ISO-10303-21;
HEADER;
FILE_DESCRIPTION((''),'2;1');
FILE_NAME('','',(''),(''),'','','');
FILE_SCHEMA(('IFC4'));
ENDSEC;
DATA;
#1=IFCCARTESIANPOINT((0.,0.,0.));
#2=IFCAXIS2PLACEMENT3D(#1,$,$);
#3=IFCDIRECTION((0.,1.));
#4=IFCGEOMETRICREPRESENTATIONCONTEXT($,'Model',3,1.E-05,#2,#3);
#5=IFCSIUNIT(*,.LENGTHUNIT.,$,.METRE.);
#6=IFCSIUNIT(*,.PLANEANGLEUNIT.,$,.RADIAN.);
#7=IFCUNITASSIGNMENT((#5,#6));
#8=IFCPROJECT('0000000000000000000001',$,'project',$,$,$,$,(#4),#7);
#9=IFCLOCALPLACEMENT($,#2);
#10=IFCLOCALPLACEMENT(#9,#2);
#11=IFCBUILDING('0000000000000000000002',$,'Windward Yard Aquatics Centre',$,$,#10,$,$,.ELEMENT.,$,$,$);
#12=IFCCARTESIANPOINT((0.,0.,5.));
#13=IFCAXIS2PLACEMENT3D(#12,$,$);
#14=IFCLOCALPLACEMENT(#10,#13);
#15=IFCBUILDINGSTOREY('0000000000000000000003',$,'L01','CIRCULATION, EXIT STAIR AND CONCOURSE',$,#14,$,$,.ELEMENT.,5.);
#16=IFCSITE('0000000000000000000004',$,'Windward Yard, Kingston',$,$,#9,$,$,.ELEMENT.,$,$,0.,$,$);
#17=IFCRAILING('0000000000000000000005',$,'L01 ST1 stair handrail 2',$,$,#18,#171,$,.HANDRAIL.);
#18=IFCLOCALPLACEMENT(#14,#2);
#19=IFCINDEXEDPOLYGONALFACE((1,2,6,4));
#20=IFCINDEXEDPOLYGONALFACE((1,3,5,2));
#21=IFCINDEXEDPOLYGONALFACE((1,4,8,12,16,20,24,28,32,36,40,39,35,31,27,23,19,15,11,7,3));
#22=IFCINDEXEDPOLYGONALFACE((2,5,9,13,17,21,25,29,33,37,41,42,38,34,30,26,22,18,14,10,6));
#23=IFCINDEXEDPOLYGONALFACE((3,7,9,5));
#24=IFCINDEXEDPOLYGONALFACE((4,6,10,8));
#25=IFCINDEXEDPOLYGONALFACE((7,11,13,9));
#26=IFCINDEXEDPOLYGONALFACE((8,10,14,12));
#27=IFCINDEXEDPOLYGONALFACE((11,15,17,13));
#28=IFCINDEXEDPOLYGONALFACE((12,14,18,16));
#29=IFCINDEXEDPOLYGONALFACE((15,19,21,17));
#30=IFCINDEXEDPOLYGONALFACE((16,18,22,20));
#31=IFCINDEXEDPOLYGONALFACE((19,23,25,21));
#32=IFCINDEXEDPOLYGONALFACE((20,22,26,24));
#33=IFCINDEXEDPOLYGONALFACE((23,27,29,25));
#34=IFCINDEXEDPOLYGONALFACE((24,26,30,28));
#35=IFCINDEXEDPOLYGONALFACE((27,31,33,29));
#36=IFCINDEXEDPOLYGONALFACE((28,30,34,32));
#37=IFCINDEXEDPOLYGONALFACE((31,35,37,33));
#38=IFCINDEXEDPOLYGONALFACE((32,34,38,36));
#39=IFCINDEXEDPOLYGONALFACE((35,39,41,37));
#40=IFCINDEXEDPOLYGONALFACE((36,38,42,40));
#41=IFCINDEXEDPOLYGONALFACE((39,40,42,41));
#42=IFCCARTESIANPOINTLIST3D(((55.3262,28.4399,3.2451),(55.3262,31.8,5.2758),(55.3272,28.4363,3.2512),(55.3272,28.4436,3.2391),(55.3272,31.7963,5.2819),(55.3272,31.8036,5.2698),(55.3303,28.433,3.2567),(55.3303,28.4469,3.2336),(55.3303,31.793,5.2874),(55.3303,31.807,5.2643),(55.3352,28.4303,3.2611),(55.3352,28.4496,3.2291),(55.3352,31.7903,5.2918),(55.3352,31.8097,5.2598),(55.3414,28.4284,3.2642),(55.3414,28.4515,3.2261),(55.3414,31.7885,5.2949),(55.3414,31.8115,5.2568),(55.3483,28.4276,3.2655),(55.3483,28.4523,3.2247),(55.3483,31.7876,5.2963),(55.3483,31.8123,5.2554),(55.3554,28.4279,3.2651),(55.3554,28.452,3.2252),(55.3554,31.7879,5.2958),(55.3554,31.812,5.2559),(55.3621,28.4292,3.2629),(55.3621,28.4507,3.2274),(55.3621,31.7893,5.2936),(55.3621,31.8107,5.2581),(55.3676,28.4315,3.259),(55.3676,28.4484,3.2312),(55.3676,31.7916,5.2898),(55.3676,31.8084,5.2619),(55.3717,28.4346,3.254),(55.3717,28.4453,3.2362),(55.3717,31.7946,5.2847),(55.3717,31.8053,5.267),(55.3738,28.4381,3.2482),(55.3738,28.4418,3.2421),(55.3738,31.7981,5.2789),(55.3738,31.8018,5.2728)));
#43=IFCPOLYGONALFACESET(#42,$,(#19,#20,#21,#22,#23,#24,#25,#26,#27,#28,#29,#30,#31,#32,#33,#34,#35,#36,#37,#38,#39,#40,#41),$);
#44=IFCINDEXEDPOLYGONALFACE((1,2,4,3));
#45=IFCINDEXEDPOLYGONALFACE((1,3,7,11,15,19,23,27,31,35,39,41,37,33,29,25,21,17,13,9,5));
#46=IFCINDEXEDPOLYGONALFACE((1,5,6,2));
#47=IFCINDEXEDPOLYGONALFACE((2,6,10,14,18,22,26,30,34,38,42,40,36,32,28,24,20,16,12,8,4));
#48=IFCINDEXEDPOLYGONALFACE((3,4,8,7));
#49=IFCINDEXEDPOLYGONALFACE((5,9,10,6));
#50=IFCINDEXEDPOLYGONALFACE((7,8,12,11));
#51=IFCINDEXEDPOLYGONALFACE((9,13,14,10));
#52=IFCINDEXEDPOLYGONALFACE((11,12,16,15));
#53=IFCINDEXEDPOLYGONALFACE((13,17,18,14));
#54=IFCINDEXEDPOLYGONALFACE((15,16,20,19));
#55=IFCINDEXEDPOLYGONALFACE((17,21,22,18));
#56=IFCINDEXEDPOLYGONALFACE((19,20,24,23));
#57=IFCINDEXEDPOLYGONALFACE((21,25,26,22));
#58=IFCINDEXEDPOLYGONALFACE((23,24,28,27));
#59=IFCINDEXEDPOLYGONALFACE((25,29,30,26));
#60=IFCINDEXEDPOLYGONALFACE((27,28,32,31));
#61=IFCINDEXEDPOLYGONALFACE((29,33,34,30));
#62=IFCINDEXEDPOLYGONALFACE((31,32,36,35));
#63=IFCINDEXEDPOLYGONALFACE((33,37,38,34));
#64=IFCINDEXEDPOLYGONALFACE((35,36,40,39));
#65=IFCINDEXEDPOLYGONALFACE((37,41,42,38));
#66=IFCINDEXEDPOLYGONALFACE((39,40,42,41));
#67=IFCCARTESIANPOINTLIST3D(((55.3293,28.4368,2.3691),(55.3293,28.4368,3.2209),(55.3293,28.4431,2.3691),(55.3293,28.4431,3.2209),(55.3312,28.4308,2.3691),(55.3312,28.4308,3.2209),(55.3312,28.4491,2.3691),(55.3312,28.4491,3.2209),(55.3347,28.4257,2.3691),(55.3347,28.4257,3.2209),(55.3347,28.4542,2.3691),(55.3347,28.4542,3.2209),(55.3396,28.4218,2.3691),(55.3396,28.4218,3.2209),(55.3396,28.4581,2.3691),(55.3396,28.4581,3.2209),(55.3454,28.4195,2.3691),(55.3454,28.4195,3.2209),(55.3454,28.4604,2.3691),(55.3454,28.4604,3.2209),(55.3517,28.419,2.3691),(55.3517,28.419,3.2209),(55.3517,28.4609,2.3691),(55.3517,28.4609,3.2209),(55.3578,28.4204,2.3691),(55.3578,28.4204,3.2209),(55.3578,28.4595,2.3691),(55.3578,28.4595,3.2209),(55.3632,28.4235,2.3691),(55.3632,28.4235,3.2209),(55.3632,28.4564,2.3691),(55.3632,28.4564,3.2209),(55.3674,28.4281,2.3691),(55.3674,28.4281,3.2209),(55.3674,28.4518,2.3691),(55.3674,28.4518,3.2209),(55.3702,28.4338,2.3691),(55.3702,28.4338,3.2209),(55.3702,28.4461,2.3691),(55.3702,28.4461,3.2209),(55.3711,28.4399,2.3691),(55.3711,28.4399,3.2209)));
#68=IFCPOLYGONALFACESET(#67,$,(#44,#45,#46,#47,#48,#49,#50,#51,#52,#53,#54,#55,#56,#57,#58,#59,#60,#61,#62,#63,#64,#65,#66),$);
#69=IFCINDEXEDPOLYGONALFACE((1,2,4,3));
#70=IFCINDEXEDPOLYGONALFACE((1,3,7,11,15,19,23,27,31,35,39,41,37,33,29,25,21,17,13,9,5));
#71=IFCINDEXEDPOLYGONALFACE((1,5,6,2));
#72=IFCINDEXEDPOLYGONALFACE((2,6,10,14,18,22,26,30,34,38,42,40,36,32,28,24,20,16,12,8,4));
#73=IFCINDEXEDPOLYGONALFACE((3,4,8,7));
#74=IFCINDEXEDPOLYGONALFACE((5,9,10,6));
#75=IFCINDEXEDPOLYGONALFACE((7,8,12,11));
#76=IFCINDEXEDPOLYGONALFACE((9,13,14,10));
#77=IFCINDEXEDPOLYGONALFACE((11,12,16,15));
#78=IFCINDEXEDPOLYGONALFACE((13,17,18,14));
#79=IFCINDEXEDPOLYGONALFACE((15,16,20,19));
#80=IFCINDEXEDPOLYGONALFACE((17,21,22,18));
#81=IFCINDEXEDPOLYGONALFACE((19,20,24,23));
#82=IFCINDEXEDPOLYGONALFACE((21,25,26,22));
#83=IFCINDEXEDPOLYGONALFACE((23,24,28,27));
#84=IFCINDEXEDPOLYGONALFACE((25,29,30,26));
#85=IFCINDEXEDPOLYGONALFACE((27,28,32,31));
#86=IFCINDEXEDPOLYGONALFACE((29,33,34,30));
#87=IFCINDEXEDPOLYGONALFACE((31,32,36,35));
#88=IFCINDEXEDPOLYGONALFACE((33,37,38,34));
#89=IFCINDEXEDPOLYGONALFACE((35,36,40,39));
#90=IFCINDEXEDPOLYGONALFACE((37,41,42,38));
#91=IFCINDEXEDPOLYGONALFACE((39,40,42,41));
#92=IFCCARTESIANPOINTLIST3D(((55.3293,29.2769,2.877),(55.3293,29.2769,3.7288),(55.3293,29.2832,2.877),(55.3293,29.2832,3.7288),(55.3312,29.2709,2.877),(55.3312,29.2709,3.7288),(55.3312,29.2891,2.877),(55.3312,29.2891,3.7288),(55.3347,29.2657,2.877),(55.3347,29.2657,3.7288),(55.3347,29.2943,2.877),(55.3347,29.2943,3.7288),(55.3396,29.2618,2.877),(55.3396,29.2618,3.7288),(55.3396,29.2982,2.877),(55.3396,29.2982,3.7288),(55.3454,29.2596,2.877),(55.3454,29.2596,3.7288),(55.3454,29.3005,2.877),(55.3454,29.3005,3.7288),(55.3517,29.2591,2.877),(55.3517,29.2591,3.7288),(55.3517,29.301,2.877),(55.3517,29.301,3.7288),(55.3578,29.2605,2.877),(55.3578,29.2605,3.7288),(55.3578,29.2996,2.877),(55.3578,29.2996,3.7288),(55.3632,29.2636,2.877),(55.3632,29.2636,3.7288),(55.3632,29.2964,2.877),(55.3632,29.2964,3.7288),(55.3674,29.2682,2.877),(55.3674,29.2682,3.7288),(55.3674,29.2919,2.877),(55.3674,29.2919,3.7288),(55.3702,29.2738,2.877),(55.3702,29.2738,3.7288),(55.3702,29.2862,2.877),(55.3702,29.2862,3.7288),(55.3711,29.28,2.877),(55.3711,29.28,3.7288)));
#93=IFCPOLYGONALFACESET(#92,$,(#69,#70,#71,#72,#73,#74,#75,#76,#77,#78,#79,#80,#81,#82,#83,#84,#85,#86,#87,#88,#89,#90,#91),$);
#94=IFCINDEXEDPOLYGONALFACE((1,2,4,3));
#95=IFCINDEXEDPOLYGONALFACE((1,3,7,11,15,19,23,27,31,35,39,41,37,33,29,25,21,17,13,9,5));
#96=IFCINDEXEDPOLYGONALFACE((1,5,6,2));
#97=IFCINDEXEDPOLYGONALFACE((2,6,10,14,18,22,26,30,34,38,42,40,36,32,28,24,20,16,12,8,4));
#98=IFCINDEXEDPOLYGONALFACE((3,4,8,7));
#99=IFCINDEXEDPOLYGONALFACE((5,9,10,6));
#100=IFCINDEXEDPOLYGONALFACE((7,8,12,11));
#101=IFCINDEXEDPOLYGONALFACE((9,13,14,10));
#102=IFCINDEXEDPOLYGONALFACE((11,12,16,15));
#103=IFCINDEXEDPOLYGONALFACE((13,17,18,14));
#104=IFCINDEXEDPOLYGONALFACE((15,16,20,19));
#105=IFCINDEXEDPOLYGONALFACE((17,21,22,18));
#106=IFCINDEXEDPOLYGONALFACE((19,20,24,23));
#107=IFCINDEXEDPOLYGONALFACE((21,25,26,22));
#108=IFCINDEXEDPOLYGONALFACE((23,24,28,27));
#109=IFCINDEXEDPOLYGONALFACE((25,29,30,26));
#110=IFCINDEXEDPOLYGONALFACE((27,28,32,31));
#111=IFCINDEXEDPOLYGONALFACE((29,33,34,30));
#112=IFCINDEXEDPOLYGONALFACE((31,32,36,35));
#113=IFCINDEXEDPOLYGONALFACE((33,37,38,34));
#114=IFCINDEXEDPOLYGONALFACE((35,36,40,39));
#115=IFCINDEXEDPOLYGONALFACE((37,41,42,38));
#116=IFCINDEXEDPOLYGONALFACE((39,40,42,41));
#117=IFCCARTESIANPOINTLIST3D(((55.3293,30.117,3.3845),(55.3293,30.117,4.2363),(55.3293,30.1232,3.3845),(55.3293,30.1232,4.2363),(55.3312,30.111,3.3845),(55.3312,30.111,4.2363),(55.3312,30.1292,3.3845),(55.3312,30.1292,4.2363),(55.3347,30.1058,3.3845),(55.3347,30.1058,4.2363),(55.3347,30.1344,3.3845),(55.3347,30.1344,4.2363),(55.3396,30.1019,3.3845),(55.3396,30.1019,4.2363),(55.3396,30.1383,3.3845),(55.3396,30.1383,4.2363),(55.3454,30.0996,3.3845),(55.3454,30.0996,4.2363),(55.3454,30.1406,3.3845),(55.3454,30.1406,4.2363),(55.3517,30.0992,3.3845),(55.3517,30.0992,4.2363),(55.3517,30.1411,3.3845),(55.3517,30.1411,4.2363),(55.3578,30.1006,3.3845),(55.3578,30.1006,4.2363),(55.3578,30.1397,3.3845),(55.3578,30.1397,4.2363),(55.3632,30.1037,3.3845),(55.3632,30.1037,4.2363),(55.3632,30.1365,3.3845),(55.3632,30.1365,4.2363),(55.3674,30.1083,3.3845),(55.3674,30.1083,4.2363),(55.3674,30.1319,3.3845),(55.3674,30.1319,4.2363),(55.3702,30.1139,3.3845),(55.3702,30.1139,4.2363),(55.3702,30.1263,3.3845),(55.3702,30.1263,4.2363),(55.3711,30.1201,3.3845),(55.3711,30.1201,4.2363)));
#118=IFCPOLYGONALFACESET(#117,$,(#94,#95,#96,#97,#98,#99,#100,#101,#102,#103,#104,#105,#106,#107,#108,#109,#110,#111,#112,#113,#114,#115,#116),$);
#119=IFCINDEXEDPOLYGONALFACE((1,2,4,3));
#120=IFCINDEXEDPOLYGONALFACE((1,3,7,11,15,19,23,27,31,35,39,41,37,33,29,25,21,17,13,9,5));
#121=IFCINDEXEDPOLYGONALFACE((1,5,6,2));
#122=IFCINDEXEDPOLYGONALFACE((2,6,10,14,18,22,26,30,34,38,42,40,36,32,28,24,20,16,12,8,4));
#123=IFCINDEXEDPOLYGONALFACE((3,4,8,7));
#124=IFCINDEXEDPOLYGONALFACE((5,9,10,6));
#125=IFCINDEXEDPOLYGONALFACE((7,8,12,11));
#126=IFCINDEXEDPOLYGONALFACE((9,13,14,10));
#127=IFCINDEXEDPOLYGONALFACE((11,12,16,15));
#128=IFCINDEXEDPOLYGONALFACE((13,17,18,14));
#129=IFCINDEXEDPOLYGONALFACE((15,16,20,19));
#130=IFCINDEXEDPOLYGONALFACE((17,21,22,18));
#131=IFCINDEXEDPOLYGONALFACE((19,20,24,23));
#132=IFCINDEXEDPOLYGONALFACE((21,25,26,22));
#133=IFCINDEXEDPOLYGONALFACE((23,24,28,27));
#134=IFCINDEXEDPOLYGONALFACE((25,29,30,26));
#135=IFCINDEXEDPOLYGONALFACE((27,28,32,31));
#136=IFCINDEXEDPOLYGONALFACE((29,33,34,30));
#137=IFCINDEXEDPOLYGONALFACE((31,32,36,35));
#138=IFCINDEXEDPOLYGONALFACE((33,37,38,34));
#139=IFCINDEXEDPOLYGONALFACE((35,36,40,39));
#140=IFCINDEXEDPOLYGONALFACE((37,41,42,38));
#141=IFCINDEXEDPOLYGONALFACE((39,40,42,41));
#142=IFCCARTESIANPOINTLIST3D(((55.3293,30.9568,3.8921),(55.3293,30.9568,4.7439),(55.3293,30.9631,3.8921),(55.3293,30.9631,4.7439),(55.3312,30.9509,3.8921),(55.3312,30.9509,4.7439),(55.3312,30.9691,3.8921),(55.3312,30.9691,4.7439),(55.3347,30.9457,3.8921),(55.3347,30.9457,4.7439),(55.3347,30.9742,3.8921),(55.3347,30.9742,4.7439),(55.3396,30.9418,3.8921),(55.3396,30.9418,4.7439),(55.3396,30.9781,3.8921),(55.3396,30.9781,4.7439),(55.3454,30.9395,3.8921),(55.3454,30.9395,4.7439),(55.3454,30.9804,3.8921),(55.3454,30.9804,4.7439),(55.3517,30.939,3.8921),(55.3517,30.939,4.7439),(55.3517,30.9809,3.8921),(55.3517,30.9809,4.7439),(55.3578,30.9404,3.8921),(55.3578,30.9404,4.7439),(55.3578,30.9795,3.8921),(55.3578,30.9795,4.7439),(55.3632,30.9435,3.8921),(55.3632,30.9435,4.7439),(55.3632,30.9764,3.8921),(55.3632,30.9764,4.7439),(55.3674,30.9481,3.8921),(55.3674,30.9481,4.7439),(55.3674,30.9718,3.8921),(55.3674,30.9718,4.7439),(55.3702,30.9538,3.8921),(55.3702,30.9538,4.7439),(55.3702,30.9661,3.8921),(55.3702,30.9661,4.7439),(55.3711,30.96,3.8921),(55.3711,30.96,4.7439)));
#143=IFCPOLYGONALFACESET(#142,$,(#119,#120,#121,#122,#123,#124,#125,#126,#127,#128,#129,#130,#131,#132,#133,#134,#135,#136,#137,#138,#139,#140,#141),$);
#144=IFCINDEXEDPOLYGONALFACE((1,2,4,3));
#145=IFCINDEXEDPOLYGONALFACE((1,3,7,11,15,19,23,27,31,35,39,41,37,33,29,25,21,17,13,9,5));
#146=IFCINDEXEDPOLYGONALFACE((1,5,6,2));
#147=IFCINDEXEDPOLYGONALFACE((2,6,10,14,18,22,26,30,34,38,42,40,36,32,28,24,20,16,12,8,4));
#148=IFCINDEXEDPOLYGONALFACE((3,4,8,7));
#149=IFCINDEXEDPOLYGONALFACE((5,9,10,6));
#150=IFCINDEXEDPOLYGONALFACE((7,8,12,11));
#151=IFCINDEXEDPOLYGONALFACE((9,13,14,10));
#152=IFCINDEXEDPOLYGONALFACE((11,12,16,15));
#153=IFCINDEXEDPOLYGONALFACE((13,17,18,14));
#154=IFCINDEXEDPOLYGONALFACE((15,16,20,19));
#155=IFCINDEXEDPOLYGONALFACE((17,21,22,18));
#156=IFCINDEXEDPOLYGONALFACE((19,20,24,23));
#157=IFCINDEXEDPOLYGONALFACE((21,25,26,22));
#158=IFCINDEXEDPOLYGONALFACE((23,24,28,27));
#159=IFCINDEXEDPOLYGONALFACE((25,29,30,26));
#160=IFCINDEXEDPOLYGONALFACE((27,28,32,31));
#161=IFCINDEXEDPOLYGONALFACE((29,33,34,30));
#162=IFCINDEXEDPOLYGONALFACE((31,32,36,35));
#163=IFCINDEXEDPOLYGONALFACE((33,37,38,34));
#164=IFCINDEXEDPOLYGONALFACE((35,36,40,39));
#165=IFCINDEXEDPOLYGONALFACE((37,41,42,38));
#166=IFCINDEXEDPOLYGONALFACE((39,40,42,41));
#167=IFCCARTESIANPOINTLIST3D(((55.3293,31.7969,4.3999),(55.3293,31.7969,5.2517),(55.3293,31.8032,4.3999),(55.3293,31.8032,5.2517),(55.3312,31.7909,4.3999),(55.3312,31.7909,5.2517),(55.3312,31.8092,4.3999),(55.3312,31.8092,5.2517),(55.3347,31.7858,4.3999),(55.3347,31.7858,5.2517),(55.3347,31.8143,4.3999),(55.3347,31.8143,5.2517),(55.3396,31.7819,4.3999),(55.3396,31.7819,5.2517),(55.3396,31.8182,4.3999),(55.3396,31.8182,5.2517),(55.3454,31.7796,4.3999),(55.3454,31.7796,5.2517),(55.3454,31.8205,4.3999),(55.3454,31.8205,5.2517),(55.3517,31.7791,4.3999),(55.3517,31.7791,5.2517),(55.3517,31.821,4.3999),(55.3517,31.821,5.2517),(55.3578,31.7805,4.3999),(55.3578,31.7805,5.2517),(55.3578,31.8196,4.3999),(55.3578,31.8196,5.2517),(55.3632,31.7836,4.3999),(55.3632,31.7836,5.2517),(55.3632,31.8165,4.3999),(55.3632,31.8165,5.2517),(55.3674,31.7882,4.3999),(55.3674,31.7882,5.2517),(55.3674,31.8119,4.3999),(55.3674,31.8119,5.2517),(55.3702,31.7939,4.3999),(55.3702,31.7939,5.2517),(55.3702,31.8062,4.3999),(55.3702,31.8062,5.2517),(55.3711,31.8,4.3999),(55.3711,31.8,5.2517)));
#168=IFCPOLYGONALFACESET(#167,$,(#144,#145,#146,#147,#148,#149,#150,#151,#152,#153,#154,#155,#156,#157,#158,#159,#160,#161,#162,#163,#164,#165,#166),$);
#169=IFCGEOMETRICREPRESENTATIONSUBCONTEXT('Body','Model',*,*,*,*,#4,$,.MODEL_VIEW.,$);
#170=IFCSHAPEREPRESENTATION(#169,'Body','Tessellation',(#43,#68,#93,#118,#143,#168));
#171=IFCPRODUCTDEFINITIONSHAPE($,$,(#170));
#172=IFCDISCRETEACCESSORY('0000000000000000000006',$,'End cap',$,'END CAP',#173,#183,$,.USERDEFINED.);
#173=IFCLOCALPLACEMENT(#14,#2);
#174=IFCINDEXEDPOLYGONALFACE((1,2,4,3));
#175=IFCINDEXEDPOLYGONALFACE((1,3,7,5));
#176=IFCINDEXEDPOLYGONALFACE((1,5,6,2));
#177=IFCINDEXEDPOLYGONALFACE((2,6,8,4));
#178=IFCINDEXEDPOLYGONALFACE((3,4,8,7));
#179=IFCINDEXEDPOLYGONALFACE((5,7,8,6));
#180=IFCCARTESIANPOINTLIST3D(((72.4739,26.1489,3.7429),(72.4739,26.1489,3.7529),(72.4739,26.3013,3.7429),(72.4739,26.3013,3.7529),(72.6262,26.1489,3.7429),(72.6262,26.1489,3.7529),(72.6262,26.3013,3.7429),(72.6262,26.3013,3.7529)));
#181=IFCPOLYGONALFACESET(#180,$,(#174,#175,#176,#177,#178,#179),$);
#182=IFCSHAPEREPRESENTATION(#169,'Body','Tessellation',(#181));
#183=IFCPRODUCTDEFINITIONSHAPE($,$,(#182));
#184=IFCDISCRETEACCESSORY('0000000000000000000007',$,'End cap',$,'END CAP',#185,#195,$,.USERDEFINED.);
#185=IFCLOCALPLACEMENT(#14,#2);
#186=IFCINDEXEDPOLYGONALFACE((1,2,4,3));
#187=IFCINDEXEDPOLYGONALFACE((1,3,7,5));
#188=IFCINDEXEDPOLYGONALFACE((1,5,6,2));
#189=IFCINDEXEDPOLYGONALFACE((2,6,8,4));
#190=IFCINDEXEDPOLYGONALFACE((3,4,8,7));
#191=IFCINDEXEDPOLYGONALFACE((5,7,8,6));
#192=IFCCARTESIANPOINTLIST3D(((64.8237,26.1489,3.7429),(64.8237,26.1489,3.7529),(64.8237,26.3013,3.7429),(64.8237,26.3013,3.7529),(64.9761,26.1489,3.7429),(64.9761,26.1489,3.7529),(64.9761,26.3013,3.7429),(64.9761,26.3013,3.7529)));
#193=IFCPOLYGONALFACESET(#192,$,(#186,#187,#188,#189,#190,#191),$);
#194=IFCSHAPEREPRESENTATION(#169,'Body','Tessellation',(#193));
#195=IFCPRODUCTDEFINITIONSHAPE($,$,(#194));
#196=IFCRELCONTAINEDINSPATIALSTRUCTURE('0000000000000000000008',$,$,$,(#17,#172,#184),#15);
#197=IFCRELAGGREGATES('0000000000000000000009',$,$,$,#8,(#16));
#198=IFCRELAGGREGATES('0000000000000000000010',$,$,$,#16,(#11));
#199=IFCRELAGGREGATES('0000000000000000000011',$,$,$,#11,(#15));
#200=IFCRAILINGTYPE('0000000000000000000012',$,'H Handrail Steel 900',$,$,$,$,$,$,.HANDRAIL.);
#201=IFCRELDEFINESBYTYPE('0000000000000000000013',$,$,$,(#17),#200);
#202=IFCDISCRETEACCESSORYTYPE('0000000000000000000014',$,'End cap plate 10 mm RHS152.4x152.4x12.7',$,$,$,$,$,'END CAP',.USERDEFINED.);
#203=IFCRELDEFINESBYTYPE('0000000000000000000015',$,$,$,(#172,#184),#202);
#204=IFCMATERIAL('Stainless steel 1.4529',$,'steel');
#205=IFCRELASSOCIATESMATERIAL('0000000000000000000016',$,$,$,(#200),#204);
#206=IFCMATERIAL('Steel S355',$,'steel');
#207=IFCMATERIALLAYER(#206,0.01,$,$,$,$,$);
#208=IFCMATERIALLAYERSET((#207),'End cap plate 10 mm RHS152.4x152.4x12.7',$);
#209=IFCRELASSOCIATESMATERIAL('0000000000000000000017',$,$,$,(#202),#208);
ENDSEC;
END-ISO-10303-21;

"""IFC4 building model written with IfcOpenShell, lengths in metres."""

from ifc_helpers import new_model, si_unit, direction, frame, origin, origin_2d, place, context, subcontext, project, spatial, rectangle, circle, extrude, material, layer, layer_set, type_object, element, save


model = new_model("IFC4")

# Units and contexts
model_context = context("Model", 3, precision=1e-05, world=origin(), true_north=direction((0.0, 1.0)))
body_context = subcontext(model_context, "Body", "Model", "MODEL_VIEW")
ifc_project = project(units=[si_unit("LENGTHUNIT", "METRE"), si_unit("PLANEANGLEUNIT", "RADIAN")], contexts=[model_context])

# Site, building, storey
site_placement = place(None, origin())
site = spatial("IfcSite", under=ifc_project, at=site_placement, Name="Windward Yard, Kingston", CompositionType="ELEMENT", RefElevation=0.0)
building_placement = place(site_placement, origin())
building = spatial("IfcBuilding", under=site, at=building_placement, Name="Windward Yard Aquatics Centre", CompositionType="ELEMENT")
storey_placement = place(building_placement, frame((0.0, 0.0, 5.0)))
storey = spatial("IfcBuildingStorey", under=building, at=storey_placement, Name="L01", Description="CIRCULATION, EXIT STAIR AND CONCOURSE", CompositionType="ELEMENT", Elevation=5.0)

# Railing
ifc_material_1 = material(Name="Stainless steel 1.4529", Category="steel")
railing_type_1 = type_object("IfcRailingType", Name="H Handrail Steel 900", PredefinedType="HANDRAIL", material=ifc_material_1)
railing_1_placement = place(storey_placement, frame((55.3501, 28.4399, 2.3691)))
element("IfcRailing", 1, at=railing_1_placement, inside=storey, type_object=railing_type_1, Name="L01 ST1 stair handrail 2", PredefinedType="HANDRAIL", context=body_context, shape_type="SweptSolid", body=[
    extrude(circle(Radius=0.0239, at=origin_2d()), frame((0.0, 0.0, 0.876), z_axis=(0.0, 0.855837, 0.517246), x_axis=(-1.0, 0.0, 0.0)), (0.0, 0.0, 1.0), 3.926),
    extrude(circle(Radius=0.021, at=origin_2d()), origin(), (0.0, 0.0, 1.0), 0.8518),
    extrude(circle(Radius=0.021, at=origin_2d()), frame((0.0, 0.8401, 0.5078)), (0.0, 0.0, 1.0), 0.8518),
    extrude(circle(Radius=0.021, at=origin_2d()), frame((0.0, 1.6802, 1.0154)), (0.0, 0.0, 1.0), 0.8518),
    extrude(circle(Radius=0.021, at=origin_2d()), frame((0.0, 2.52, 1.5229)), (0.0, 0.0, 1.0), 0.8518),
    extrude(circle(Radius=0.021, at=origin_2d()), frame((0.0, 3.3601, 2.0308)), (0.0, 0.0, 1.0), 0.8518),
])

# Discrete accessories
ifc_material_2 = material(Name="Steel S355", Category="steel")
ifc_layer_1 = layer(ifc_material_2, 0.01)
ifc_layer_set_1 = layer_set([ifc_layer_1], Name="End cap plate 10 mm RHS152.4x152.4x12.7")
discrete_accessory_type = type_object("IfcDiscreteAccessoryType", Name="End cap plate 10 mm RHS152.4x152.4x12.7", ElementType="END CAP", PredefinedType="USERDEFINED", material=ifc_layer_set_1)
for number, where, z_axis, x_axis, name in (
    (2, (72.55, 26.2251, 3.7429), (0.0, 0.0, 1.0), (1.0, 0.0, 0.0), "End cap"),
    (3, (64.8999, 26.2251, 3.7429), (0.0, 0.0, 1.0), (1.0, 0.0, 0.0), "End cap"),
):
    element("IfcDiscreteAccessory", number, at=place(storey_placement, frame(where, z_axis=z_axis, x_axis=x_axis)), inside=storey, type_object=discrete_accessory_type, Name=name, ObjectType="END CAP", PredefinedType="USERDEFINED", context=body_context, shape_type="SweptSolid", body=[
        extrude(rectangle(XDim=0.1523, YDim=0.1523, at=origin_2d()), origin(), (0.0, 0.0, 1.0), 0.01),
    ])

save(model, "model.ifc")
